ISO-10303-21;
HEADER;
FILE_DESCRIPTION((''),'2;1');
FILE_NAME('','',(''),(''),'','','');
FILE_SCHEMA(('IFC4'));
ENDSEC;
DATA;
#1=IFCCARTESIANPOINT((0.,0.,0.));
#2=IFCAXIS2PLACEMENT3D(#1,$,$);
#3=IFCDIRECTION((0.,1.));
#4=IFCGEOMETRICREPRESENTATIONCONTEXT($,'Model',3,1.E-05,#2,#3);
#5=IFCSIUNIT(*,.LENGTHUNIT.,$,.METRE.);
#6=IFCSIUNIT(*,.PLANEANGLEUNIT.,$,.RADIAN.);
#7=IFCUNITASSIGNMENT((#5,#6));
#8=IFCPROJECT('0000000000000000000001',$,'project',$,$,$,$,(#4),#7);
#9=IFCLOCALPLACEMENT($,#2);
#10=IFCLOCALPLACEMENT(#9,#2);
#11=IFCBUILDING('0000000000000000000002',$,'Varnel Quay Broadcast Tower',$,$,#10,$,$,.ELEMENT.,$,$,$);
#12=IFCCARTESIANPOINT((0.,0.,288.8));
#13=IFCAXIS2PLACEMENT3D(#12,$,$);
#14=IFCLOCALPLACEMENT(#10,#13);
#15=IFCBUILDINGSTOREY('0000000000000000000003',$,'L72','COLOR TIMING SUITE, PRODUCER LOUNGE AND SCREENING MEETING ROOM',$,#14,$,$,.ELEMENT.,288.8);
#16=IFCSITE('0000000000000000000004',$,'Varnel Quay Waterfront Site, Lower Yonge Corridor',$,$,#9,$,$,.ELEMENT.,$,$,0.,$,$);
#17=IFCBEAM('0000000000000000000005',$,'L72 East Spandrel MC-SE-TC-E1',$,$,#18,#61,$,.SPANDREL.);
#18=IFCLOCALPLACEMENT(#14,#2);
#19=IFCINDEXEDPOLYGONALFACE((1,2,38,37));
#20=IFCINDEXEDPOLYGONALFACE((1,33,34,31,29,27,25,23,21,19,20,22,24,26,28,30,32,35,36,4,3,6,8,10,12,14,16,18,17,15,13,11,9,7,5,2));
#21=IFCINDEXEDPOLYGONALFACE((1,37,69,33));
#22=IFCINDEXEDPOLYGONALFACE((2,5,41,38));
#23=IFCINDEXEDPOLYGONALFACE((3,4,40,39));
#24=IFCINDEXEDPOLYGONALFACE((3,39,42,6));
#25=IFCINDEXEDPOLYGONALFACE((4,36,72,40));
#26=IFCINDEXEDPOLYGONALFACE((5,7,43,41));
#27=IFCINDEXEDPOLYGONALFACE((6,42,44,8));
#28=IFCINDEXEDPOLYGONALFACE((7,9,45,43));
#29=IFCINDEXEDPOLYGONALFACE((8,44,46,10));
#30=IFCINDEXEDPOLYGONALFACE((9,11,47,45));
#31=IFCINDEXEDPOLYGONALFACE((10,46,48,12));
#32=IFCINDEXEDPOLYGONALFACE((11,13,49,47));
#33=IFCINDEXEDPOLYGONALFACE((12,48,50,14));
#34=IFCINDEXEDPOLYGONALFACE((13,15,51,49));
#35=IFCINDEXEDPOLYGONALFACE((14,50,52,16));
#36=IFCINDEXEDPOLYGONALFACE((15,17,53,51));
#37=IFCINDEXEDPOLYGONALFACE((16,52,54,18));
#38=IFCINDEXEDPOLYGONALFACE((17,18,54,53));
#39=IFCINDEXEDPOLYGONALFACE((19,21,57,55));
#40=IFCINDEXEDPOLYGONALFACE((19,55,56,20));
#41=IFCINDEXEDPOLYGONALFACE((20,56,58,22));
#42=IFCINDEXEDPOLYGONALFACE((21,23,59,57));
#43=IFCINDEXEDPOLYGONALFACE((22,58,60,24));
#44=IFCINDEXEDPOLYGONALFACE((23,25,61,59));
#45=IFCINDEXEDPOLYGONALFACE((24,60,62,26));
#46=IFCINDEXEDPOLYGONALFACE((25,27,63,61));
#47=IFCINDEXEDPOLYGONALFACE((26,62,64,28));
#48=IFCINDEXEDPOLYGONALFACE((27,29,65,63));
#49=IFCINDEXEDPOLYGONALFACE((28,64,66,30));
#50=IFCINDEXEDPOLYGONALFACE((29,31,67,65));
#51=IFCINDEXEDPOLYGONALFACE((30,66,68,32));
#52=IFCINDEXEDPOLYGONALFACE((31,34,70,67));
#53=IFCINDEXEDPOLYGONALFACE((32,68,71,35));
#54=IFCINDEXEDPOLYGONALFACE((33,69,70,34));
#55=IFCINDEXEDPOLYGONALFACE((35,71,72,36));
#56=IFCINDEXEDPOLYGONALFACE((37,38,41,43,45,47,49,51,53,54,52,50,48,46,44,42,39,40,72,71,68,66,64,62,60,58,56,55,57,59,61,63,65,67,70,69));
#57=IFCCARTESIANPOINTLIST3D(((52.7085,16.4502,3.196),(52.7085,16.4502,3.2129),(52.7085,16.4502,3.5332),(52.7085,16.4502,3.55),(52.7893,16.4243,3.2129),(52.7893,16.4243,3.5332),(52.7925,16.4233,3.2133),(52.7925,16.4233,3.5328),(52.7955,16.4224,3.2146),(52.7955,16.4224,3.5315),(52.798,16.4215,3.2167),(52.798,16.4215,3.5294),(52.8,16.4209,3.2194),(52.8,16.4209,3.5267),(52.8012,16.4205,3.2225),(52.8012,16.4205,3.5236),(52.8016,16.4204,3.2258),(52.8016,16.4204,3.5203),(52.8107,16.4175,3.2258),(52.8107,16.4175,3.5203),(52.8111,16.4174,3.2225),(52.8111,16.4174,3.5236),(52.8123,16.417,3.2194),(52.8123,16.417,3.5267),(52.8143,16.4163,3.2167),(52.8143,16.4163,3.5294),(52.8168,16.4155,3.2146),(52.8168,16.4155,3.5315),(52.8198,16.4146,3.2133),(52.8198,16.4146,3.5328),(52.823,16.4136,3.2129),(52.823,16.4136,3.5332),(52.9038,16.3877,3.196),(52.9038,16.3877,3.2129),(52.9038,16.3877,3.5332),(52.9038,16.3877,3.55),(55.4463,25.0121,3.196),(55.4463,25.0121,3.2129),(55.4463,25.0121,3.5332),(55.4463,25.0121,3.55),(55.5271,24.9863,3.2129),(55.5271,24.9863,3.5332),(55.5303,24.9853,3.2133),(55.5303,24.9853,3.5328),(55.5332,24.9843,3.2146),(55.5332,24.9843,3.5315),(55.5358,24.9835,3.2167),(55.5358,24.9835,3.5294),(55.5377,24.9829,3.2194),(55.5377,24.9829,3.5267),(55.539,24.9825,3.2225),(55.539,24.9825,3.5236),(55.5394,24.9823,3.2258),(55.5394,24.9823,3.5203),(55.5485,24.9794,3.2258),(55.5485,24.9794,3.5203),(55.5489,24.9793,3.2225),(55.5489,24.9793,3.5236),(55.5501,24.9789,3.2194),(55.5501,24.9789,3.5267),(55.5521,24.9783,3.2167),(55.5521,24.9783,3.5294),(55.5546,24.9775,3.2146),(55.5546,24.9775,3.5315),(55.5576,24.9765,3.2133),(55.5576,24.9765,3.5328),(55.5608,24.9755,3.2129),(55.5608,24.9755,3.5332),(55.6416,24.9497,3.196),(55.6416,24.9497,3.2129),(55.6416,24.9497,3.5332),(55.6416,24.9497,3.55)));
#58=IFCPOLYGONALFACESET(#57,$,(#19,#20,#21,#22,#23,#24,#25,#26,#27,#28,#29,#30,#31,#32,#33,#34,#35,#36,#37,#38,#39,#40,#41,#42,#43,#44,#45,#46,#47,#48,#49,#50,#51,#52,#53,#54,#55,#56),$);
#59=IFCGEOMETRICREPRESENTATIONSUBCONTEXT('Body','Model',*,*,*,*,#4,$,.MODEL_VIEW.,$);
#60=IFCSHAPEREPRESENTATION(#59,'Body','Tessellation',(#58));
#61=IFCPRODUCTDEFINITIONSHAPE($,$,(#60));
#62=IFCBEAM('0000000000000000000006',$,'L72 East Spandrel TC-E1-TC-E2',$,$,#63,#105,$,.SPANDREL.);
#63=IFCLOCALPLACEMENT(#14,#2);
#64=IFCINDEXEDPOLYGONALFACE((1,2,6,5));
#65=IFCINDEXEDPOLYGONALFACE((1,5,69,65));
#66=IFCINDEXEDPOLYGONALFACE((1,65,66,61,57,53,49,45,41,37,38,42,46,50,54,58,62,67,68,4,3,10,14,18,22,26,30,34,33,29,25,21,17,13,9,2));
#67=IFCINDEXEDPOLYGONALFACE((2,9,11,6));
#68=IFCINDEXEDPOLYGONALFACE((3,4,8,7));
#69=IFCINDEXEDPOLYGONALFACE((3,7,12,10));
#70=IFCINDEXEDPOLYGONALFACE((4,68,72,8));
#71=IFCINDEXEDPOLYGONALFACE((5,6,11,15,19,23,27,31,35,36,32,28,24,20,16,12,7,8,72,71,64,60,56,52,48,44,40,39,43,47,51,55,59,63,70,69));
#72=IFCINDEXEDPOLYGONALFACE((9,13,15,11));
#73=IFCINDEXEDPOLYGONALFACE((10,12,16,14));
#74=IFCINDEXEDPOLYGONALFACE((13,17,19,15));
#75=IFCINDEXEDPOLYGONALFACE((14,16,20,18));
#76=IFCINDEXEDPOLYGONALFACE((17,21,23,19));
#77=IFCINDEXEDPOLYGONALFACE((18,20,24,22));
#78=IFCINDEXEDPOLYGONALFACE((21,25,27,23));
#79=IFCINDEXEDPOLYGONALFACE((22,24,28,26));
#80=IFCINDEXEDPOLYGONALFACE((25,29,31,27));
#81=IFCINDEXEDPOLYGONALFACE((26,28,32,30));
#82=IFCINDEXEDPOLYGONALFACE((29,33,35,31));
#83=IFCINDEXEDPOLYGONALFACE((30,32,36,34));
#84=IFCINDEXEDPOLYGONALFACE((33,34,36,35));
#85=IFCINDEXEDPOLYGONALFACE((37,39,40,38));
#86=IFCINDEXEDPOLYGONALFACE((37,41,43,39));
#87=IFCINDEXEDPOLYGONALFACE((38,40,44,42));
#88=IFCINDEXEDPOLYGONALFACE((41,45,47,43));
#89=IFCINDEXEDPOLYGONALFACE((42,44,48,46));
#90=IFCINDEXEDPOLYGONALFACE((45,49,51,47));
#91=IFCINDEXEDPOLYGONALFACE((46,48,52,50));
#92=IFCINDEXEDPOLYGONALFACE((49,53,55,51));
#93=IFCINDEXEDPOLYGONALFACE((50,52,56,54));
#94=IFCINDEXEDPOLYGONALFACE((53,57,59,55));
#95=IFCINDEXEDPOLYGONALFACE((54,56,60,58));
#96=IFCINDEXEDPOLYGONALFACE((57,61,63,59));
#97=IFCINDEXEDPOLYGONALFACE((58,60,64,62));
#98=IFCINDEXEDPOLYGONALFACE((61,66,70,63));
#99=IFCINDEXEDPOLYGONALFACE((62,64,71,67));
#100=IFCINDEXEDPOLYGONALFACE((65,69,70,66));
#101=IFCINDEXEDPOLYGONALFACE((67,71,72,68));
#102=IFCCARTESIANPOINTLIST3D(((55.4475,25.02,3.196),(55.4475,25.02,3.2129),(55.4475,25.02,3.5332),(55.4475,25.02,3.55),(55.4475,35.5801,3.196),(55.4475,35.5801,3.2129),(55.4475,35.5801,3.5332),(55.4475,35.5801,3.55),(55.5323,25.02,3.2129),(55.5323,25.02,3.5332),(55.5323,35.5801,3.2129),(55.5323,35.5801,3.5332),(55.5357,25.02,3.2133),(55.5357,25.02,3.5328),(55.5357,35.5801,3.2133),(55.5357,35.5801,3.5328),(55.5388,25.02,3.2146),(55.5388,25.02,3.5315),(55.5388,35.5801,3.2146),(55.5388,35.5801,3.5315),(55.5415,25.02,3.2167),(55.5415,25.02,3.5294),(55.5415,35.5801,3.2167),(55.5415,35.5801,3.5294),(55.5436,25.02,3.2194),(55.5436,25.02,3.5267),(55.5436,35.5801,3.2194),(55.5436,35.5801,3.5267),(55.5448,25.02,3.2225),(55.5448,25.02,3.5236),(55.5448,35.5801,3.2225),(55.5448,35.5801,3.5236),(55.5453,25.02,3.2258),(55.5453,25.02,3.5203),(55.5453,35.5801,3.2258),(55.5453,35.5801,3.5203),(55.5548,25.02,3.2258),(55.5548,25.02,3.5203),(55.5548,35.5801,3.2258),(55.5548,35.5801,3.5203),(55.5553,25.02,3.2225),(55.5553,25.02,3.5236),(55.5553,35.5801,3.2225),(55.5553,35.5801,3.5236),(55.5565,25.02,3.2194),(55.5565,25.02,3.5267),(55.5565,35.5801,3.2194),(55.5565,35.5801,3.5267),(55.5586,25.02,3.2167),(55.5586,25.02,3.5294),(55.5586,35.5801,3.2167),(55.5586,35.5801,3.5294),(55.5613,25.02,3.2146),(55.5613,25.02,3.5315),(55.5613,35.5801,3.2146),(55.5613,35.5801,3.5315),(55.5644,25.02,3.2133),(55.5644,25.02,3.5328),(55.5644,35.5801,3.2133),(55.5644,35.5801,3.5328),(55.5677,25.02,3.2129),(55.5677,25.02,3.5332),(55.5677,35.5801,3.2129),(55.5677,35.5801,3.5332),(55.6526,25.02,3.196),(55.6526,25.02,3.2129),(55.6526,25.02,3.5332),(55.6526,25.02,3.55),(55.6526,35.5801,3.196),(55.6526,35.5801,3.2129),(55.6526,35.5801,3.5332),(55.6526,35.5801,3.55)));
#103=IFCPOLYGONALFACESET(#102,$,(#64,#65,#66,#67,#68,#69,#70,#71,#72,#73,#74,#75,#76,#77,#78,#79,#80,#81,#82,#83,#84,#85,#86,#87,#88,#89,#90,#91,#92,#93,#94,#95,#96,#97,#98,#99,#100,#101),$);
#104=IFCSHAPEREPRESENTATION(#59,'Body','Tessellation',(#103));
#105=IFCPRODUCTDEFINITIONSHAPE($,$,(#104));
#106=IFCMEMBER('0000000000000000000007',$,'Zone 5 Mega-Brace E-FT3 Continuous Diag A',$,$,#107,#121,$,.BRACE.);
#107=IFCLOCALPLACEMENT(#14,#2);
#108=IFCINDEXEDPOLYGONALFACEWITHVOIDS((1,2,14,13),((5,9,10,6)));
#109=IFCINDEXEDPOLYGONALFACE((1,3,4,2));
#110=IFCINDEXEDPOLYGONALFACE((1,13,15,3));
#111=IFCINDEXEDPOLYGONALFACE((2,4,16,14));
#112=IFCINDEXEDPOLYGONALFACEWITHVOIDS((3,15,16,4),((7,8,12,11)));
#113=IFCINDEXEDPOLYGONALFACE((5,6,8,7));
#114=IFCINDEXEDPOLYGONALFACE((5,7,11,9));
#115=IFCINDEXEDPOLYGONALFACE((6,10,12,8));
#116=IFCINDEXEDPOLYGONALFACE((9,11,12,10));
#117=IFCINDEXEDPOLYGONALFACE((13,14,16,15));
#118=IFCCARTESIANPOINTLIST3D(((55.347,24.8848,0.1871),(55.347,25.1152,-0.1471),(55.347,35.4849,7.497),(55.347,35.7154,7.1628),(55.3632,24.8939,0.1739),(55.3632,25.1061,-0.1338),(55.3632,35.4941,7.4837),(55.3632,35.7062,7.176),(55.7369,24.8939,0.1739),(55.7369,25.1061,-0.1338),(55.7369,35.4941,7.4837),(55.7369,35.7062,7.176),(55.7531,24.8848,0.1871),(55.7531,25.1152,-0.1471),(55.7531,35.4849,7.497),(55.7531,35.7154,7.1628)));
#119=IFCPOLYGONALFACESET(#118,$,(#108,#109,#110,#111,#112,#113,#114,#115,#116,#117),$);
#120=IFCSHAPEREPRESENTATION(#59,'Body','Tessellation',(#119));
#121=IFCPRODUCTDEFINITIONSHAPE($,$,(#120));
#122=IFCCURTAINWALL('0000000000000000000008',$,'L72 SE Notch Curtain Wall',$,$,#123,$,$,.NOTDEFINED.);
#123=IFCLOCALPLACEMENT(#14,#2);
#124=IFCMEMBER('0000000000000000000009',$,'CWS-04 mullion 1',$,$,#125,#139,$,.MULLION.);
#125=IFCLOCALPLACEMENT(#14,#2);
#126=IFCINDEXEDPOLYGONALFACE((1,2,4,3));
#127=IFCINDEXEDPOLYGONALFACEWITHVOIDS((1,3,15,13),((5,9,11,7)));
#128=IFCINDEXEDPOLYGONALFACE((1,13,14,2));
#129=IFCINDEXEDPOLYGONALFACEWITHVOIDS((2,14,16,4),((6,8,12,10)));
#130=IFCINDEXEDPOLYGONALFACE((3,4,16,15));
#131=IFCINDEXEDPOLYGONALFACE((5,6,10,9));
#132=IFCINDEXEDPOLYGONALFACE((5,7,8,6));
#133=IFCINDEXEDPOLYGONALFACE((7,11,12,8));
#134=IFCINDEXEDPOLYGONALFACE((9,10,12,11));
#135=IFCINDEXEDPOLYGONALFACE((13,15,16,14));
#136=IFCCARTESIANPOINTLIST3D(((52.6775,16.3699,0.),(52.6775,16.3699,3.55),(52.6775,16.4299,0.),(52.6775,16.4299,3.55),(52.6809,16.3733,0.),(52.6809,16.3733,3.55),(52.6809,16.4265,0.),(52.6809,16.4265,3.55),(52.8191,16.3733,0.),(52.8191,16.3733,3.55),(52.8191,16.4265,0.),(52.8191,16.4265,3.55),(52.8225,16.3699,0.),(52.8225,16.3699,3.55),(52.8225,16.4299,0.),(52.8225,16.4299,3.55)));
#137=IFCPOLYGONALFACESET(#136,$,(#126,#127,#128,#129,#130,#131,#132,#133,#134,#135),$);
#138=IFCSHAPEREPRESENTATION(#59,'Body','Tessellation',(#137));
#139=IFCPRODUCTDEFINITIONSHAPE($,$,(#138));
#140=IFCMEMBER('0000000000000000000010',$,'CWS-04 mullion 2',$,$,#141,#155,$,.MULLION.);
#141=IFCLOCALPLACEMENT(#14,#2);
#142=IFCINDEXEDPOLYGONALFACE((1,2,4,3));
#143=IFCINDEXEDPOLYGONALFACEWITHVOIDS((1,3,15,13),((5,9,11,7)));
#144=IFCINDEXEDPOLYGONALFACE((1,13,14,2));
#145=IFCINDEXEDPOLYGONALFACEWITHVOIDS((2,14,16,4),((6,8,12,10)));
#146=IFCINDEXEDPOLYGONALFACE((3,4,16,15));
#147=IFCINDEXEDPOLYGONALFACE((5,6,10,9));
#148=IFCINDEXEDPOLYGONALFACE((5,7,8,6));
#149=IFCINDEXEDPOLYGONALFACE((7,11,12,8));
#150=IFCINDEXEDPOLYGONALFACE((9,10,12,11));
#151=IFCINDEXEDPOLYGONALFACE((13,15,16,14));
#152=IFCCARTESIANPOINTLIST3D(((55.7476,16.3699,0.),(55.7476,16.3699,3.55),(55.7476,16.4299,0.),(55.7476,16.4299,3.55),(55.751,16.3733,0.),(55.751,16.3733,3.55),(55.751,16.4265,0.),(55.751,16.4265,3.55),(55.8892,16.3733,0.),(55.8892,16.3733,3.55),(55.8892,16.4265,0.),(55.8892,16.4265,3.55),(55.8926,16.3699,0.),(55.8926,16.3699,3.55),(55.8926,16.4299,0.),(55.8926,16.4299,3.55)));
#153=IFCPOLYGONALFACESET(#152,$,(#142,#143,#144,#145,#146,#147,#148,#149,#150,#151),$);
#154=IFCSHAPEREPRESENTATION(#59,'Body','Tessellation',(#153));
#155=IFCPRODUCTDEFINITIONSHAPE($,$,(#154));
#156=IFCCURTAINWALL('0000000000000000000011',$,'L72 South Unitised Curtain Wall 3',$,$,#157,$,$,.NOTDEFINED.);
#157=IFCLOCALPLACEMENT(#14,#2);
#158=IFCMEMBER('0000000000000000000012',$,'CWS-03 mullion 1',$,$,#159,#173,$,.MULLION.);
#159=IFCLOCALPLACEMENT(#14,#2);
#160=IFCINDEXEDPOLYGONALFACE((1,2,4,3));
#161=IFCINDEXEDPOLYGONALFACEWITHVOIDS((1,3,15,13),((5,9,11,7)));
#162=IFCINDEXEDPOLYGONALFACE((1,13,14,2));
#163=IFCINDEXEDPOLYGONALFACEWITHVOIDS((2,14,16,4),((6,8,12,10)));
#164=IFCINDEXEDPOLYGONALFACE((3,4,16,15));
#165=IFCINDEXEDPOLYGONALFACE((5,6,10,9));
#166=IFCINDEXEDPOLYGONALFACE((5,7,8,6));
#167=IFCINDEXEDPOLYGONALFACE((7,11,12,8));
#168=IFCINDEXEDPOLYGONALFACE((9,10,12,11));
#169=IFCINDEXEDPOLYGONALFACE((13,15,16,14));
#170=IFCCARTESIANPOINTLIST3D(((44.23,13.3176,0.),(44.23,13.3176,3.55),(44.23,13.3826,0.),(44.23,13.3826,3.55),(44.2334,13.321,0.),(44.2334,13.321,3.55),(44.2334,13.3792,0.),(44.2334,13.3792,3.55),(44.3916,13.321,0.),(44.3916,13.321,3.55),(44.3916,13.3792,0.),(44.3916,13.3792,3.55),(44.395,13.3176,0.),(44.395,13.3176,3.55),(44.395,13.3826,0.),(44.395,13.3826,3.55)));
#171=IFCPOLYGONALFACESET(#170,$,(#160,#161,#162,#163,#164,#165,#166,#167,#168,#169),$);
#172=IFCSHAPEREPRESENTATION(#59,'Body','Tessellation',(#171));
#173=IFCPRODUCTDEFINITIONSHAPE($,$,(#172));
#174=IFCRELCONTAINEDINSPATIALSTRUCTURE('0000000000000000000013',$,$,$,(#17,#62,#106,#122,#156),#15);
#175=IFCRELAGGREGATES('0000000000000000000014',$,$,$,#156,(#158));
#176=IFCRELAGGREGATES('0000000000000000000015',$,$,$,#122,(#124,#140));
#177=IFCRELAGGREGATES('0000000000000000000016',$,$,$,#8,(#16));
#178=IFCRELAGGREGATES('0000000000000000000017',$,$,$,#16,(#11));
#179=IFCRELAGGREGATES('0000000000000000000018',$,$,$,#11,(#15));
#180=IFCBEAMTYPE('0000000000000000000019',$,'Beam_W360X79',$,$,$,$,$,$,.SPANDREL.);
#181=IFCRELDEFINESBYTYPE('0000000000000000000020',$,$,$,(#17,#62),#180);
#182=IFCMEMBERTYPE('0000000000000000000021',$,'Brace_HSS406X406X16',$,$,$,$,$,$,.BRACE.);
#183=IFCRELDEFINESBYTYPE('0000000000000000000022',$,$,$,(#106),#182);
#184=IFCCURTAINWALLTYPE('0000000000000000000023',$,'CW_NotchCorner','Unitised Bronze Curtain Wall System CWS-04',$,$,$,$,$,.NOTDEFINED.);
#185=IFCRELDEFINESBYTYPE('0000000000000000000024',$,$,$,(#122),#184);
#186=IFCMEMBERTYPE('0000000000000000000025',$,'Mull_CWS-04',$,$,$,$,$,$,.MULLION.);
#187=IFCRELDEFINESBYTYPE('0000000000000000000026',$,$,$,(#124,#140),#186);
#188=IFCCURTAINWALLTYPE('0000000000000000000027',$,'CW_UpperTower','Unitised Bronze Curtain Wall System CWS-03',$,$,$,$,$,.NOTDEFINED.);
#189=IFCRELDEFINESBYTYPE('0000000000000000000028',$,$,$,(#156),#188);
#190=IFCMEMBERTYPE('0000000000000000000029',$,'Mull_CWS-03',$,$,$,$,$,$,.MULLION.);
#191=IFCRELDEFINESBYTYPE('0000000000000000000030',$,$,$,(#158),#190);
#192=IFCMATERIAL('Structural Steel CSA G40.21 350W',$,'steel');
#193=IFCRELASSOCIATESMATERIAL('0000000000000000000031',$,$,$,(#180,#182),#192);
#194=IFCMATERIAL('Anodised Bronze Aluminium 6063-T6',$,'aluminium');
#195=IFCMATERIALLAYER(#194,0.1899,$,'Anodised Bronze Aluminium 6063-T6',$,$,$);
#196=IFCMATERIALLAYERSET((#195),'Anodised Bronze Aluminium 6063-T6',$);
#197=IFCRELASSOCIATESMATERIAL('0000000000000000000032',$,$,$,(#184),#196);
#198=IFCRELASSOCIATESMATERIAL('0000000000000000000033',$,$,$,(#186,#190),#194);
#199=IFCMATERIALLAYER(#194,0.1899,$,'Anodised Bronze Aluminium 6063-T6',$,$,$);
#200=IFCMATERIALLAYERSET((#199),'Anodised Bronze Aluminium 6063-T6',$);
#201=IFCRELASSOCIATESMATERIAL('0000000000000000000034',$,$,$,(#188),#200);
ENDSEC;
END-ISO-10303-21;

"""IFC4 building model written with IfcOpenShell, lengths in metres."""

from ifc_helpers import new_model, si_unit, direction, frame, origin, origin_2d, place, context, subcontext, project, spatial, hollow_rectangle, i_section, extrude, source, transform, mapped, material, layer, layer_set, material_profile, profile_set, type_object, type_shapes, element, aggregate, save


model = new_model("IFC4")

# Units and contexts
model_context = context("Model", 3, precision=1e-05, world=origin(), true_north=direction((0.0, 1.0)))
body_context = subcontext(model_context, "Body", "Model", "MODEL_VIEW")
ifc_project = project(units=[si_unit("LENGTHUNIT", "METRE"), si_unit("PLANEANGLEUNIT", "RADIAN")], contexts=[model_context])

# Site, building, storey
site_placement = place(None, origin())
site = spatial("IfcSite", under=ifc_project, at=site_placement, Name="Varnel Quay Waterfront Site, Lower Yonge Corridor", CompositionType="ELEMENT", RefElevation=0.0)
building_placement = place(site_placement, origin())
building = spatial("IfcBuilding", under=site, at=building_placement, Name="Varnel Quay Broadcast Tower", CompositionType="ELEMENT")
storey_placement = place(building_placement, frame((0.0, 0.0, 288.8)))
storey = spatial("IfcBuildingStorey", under=building, at=storey_placement, Name="L72", Description="COLOR TIMING SUITE, PRODUCER LOUNGE AND SCREENING MEETING ROOM", CompositionType="ELEMENT", Elevation=288.8)

# Shared definitions
ifc_material_1 = material(Name="Structural Steel CSA G40.21 350W", Category="steel")

# Beams
ifc_material_profile_1 = material_profile(ifc_material_1, i_section(OverallWidth=0.2051, OverallDepth=0.354, WebThickness=0.0095, FlangeThickness=0.0168, FilletRadius=0.0129, at=origin_2d()), Name="W360X79")
ifc_profile_set_1 = profile_set([ifc_material_profile_1], Name="Structural Steel CSA G40.21 350W")
beam_type = type_object("IfcBeamType", Name="Beam_W360X79", PredefinedType="SPANDREL", material=ifc_profile_set_1)
shared_shape_1 = source(origin(), body_context, "Body", "SweptSolid", [
    extrude(i_section(OverallWidth=0.2051, OverallDepth=0.354, WebThickness=0.0095, FlangeThickness=0.0168, FilletRadius=0.0129, at=origin_2d()), origin(), (0.0, 0.0, 1.0), 8.989),
])
beam_1_placement = place(storey_placement, frame((52.8062, 16.4189, 3.373), z_axis=(0.304569, 0.95249, 0.0), x_axis=(-0.95249, 0.304569, 0.0)))
element("IfcBeam", 1, at=beam_1_placement, inside=storey, type_object=beam_type, Name="L72 East Spandrel MC-SE-TC-E1", PredefinedType="SPANDREL", context=body_context, shape_type="MappedRepresentation", body=[
    mapped(shared_shape_1, transform((0.0, 0.0, 0.0), x_axis=(1.0, 0.0, 0.0), y_axis=(0.0, 1.0, 0.0), z_axis=(0.0, 0.0, 1.0), scale=1.0)),
])
shared_shape_2 = source(origin(), body_context, "Body", "SweptSolid", [
    extrude(i_section(OverallWidth=0.2051, OverallDepth=0.354, WebThickness=0.0095, FlangeThickness=0.0168, FilletRadius=0.0129, at=origin_2d()), origin(), (0.0, 0.0, 1.0), 10.5601),
])
beam_2_placement = place(storey_placement, frame((55.55, 25.02, 3.373), z_axis=(0.0, 1.0, 0.0), x_axis=(-1.0, 0.0, 0.0)))
element("IfcBeam", 2, at=beam_2_placement, inside=storey, type_object=beam_type, Name="L72 East Spandrel TC-E1-TC-E2", PredefinedType="SPANDREL", context=body_context, shape_type="MappedRepresentation", body=[
    mapped(shared_shape_2, transform((0.0, 0.0, 0.0), x_axis=(1.0, 0.0, 0.0), y_axis=(0.0, 1.0, 0.0), z_axis=(0.0, 0.0, 1.0), scale=1.0)),
])

# Member
ifc_material_profile_2 = material_profile(ifc_material_1, hollow_rectangle(XDim=0.406, YDim=0.406, WallThickness=0.0161, at=origin_2d()), Name="HSS406X406X16")
ifc_profile_set_2 = profile_set([ifc_material_profile_2], Name="Structural Steel CSA G40.21 350W")
member_type_1 = type_object("IfcMemberType", Name="Brace_HSS406X406X16", PredefinedType="BRACE", material=ifc_profile_set_2)
shared_shape_3 = source(origin(), body_context, "Body", "SweptSolid", [
    extrude(hollow_rectangle(XDim=0.406, YDim=0.406, WallThickness=0.0161, at=origin_2d()), origin(), (0.0, 0.0, 1.0), 12.8762),
])
type_shapes(member_type_1, [shared_shape_3])
member_1_placement = place(storey_placement, frame((55.55, 25.0, 0.02), z_axis=(0.0, 0.823234, 0.567701), x_axis=(-1.0, 0.0, 0.0)))
element("IfcMember", 3, at=member_1_placement, inside=storey, type_object=member_type_1, Name="Zone 5 Mega-Brace E-FT3 Continuous Diag A", PredefinedType="BRACE", context=body_context, shape_type="MappedRepresentation", body=[
    mapped(shared_shape_3, transform((0.0, 0.0, 0.0), x_axis=(1.0, 0.0, 0.0), y_axis=(0.0, 1.0, 0.0), z_axis=(0.0, 0.0, 1.0), scale=1.0)),
])

# Curtain walls, members
ifc_material_2 = material(Name="Anodised Bronze Aluminium 6063-T6", Category="aluminium")
ifc_layer_1 = layer(ifc_material_2, 0.1899, Name="Anodised Bronze Aluminium 6063-T6")
ifc_layer_set_1 = layer_set([ifc_layer_1], Name="Anodised Bronze Aluminium 6063-T6")
curtain_wall_type_1 = type_object("IfcCurtainWallType", Name="CW_NotchCorner", Description="Unitised Bronze Curtain Wall System CWS-04", PredefinedType="NOTDEFINED", material=ifc_layer_set_1)
curtain_wall_1_placement = place(storey_placement, origin())
curtain_wall_1 = element("IfcCurtainWall", 4, at=curtain_wall_1_placement, inside=storey, type_object=curtain_wall_type_1, Name="L72 SE Notch Curtain Wall", PredefinedType="NOTDEFINED")
ifc_material_profile_3 = material_profile(ifc_material_2, hollow_rectangle(XDim=0.0601, YDim=0.145, WallThickness=0.0034, at=origin_2d()), Name="ALU60X145X3.5")
ifc_profile_set_3 = profile_set([ifc_material_profile_3], Name="Anodised Bronze Aluminium 6063-T6")
member_type_2 = type_object("IfcMemberType", Name="Mull_CWS-04", PredefinedType="MULLION", material=ifc_profile_set_3)
shared_shape_4 = source(origin(), body_context, "Body", "SweptSolid", [
    extrude(hollow_rectangle(XDim=0.0601, YDim=0.145, WallThickness=0.0034, at=origin_2d()), origin(), (0.0, 0.0, 1.0), 3.55),
])
type_shapes(member_type_2, [shared_shape_4])
member_2_placement = place(storey_placement, frame((52.75, 16.3999, 0.0), z_axis=(0.0, 0.0, 1.0), x_axis=(0.0, 1.0, 0.0)))
member_2 = element("IfcMember", 5, at=member_2_placement, type_object=member_type_2, Name="CWS-04 mullion 1", PredefinedType="MULLION", context=body_context, shape_type="MappedRepresentation", body=[
    mapped(shared_shape_4, transform((0.0, 0.0, 0.0), x_axis=(1.0, 0.0, 0.0), y_axis=(0.0, 1.0, 0.0), z_axis=(0.0, 0.0, 1.0), scale=1.0)),
])
member_3_placement = place(storey_placement, frame((55.8201, 16.3999, 0.0), z_axis=(0.0, 0.0, 1.0), x_axis=(0.0, 1.0, 0.0)))
member_3 = element("IfcMember", 6, at=member_3_placement, type_object=member_type_2, Name="CWS-04 mullion 2", PredefinedType="MULLION", context=body_context, shape_type="MappedRepresentation", body=[
    mapped(shared_shape_4, transform((0.0, 0.0, 0.0), x_axis=(1.0, 0.0, 0.0), y_axis=(0.0, 1.0, 0.0), z_axis=(0.0, 0.0, 1.0), scale=1.0)),
])
ifc_layer_2 = layer(ifc_material_2, 0.1899, Name="Anodised Bronze Aluminium 6063-T6")
ifc_layer_set_2 = layer_set([ifc_layer_2], Name="Anodised Bronze Aluminium 6063-T6")
curtain_wall_type_2 = type_object("IfcCurtainWallType", Name="CW_UpperTower", Description="Unitised Bronze Curtain Wall System CWS-03", PredefinedType="NOTDEFINED", material=ifc_layer_set_2)
curtain_wall_2_placement = place(storey_placement, origin())
curtain_wall_2 = element("IfcCurtainWall", 7, at=curtain_wall_2_placement, inside=storey, type_object=curtain_wall_type_2, Name="L72 South Unitised Curtain Wall 3", PredefinedType="NOTDEFINED")
ifc_material_profile_4 = material_profile(ifc_material_2, hollow_rectangle(XDim=0.0649, YDim=0.165, WallThickness=0.0034, at=origin_2d()), Name="ALU65X165X3.5")
ifc_profile_set_4 = profile_set([ifc_material_profile_4], Name="Anodised Bronze Aluminium 6063-T6")
member_type_3 = type_object("IfcMemberType", Name="Mull_CWS-03", PredefinedType="MULLION", material=ifc_profile_set_4)
shared_shape_5 = source(origin(), body_context, "Body", "SweptSolid", [
    extrude(hollow_rectangle(XDim=0.0649, YDim=0.165, WallThickness=0.0034, at=origin_2d()), origin(), (0.0, 0.0, 1.0), 3.55),
])
type_shapes(member_type_3, [shared_shape_5])
member_4_placement = place(storey_placement, frame((44.3125, 13.3501, 0.0), z_axis=(0.0, 0.0, 1.0), x_axis=(0.0, 1.0, 0.0)))
member_4 = element("IfcMember", 8, at=member_4_placement, type_object=member_type_3, Name="CWS-03 mullion 1", PredefinedType="MULLION", context=body_context, shape_type="MappedRepresentation", body=[
    mapped(shared_shape_5, transform((0.0, 0.0, 0.0), x_axis=(1.0, 0.0, 0.0), y_axis=(0.0, 1.0, 0.0), z_axis=(0.0, 0.0, 1.0), scale=1.0)),
])

aggregate(curtain_wall_2, [member_4])
aggregate(curtain_wall_1, [member_2, member_3])

save(model, "model.ifc")
